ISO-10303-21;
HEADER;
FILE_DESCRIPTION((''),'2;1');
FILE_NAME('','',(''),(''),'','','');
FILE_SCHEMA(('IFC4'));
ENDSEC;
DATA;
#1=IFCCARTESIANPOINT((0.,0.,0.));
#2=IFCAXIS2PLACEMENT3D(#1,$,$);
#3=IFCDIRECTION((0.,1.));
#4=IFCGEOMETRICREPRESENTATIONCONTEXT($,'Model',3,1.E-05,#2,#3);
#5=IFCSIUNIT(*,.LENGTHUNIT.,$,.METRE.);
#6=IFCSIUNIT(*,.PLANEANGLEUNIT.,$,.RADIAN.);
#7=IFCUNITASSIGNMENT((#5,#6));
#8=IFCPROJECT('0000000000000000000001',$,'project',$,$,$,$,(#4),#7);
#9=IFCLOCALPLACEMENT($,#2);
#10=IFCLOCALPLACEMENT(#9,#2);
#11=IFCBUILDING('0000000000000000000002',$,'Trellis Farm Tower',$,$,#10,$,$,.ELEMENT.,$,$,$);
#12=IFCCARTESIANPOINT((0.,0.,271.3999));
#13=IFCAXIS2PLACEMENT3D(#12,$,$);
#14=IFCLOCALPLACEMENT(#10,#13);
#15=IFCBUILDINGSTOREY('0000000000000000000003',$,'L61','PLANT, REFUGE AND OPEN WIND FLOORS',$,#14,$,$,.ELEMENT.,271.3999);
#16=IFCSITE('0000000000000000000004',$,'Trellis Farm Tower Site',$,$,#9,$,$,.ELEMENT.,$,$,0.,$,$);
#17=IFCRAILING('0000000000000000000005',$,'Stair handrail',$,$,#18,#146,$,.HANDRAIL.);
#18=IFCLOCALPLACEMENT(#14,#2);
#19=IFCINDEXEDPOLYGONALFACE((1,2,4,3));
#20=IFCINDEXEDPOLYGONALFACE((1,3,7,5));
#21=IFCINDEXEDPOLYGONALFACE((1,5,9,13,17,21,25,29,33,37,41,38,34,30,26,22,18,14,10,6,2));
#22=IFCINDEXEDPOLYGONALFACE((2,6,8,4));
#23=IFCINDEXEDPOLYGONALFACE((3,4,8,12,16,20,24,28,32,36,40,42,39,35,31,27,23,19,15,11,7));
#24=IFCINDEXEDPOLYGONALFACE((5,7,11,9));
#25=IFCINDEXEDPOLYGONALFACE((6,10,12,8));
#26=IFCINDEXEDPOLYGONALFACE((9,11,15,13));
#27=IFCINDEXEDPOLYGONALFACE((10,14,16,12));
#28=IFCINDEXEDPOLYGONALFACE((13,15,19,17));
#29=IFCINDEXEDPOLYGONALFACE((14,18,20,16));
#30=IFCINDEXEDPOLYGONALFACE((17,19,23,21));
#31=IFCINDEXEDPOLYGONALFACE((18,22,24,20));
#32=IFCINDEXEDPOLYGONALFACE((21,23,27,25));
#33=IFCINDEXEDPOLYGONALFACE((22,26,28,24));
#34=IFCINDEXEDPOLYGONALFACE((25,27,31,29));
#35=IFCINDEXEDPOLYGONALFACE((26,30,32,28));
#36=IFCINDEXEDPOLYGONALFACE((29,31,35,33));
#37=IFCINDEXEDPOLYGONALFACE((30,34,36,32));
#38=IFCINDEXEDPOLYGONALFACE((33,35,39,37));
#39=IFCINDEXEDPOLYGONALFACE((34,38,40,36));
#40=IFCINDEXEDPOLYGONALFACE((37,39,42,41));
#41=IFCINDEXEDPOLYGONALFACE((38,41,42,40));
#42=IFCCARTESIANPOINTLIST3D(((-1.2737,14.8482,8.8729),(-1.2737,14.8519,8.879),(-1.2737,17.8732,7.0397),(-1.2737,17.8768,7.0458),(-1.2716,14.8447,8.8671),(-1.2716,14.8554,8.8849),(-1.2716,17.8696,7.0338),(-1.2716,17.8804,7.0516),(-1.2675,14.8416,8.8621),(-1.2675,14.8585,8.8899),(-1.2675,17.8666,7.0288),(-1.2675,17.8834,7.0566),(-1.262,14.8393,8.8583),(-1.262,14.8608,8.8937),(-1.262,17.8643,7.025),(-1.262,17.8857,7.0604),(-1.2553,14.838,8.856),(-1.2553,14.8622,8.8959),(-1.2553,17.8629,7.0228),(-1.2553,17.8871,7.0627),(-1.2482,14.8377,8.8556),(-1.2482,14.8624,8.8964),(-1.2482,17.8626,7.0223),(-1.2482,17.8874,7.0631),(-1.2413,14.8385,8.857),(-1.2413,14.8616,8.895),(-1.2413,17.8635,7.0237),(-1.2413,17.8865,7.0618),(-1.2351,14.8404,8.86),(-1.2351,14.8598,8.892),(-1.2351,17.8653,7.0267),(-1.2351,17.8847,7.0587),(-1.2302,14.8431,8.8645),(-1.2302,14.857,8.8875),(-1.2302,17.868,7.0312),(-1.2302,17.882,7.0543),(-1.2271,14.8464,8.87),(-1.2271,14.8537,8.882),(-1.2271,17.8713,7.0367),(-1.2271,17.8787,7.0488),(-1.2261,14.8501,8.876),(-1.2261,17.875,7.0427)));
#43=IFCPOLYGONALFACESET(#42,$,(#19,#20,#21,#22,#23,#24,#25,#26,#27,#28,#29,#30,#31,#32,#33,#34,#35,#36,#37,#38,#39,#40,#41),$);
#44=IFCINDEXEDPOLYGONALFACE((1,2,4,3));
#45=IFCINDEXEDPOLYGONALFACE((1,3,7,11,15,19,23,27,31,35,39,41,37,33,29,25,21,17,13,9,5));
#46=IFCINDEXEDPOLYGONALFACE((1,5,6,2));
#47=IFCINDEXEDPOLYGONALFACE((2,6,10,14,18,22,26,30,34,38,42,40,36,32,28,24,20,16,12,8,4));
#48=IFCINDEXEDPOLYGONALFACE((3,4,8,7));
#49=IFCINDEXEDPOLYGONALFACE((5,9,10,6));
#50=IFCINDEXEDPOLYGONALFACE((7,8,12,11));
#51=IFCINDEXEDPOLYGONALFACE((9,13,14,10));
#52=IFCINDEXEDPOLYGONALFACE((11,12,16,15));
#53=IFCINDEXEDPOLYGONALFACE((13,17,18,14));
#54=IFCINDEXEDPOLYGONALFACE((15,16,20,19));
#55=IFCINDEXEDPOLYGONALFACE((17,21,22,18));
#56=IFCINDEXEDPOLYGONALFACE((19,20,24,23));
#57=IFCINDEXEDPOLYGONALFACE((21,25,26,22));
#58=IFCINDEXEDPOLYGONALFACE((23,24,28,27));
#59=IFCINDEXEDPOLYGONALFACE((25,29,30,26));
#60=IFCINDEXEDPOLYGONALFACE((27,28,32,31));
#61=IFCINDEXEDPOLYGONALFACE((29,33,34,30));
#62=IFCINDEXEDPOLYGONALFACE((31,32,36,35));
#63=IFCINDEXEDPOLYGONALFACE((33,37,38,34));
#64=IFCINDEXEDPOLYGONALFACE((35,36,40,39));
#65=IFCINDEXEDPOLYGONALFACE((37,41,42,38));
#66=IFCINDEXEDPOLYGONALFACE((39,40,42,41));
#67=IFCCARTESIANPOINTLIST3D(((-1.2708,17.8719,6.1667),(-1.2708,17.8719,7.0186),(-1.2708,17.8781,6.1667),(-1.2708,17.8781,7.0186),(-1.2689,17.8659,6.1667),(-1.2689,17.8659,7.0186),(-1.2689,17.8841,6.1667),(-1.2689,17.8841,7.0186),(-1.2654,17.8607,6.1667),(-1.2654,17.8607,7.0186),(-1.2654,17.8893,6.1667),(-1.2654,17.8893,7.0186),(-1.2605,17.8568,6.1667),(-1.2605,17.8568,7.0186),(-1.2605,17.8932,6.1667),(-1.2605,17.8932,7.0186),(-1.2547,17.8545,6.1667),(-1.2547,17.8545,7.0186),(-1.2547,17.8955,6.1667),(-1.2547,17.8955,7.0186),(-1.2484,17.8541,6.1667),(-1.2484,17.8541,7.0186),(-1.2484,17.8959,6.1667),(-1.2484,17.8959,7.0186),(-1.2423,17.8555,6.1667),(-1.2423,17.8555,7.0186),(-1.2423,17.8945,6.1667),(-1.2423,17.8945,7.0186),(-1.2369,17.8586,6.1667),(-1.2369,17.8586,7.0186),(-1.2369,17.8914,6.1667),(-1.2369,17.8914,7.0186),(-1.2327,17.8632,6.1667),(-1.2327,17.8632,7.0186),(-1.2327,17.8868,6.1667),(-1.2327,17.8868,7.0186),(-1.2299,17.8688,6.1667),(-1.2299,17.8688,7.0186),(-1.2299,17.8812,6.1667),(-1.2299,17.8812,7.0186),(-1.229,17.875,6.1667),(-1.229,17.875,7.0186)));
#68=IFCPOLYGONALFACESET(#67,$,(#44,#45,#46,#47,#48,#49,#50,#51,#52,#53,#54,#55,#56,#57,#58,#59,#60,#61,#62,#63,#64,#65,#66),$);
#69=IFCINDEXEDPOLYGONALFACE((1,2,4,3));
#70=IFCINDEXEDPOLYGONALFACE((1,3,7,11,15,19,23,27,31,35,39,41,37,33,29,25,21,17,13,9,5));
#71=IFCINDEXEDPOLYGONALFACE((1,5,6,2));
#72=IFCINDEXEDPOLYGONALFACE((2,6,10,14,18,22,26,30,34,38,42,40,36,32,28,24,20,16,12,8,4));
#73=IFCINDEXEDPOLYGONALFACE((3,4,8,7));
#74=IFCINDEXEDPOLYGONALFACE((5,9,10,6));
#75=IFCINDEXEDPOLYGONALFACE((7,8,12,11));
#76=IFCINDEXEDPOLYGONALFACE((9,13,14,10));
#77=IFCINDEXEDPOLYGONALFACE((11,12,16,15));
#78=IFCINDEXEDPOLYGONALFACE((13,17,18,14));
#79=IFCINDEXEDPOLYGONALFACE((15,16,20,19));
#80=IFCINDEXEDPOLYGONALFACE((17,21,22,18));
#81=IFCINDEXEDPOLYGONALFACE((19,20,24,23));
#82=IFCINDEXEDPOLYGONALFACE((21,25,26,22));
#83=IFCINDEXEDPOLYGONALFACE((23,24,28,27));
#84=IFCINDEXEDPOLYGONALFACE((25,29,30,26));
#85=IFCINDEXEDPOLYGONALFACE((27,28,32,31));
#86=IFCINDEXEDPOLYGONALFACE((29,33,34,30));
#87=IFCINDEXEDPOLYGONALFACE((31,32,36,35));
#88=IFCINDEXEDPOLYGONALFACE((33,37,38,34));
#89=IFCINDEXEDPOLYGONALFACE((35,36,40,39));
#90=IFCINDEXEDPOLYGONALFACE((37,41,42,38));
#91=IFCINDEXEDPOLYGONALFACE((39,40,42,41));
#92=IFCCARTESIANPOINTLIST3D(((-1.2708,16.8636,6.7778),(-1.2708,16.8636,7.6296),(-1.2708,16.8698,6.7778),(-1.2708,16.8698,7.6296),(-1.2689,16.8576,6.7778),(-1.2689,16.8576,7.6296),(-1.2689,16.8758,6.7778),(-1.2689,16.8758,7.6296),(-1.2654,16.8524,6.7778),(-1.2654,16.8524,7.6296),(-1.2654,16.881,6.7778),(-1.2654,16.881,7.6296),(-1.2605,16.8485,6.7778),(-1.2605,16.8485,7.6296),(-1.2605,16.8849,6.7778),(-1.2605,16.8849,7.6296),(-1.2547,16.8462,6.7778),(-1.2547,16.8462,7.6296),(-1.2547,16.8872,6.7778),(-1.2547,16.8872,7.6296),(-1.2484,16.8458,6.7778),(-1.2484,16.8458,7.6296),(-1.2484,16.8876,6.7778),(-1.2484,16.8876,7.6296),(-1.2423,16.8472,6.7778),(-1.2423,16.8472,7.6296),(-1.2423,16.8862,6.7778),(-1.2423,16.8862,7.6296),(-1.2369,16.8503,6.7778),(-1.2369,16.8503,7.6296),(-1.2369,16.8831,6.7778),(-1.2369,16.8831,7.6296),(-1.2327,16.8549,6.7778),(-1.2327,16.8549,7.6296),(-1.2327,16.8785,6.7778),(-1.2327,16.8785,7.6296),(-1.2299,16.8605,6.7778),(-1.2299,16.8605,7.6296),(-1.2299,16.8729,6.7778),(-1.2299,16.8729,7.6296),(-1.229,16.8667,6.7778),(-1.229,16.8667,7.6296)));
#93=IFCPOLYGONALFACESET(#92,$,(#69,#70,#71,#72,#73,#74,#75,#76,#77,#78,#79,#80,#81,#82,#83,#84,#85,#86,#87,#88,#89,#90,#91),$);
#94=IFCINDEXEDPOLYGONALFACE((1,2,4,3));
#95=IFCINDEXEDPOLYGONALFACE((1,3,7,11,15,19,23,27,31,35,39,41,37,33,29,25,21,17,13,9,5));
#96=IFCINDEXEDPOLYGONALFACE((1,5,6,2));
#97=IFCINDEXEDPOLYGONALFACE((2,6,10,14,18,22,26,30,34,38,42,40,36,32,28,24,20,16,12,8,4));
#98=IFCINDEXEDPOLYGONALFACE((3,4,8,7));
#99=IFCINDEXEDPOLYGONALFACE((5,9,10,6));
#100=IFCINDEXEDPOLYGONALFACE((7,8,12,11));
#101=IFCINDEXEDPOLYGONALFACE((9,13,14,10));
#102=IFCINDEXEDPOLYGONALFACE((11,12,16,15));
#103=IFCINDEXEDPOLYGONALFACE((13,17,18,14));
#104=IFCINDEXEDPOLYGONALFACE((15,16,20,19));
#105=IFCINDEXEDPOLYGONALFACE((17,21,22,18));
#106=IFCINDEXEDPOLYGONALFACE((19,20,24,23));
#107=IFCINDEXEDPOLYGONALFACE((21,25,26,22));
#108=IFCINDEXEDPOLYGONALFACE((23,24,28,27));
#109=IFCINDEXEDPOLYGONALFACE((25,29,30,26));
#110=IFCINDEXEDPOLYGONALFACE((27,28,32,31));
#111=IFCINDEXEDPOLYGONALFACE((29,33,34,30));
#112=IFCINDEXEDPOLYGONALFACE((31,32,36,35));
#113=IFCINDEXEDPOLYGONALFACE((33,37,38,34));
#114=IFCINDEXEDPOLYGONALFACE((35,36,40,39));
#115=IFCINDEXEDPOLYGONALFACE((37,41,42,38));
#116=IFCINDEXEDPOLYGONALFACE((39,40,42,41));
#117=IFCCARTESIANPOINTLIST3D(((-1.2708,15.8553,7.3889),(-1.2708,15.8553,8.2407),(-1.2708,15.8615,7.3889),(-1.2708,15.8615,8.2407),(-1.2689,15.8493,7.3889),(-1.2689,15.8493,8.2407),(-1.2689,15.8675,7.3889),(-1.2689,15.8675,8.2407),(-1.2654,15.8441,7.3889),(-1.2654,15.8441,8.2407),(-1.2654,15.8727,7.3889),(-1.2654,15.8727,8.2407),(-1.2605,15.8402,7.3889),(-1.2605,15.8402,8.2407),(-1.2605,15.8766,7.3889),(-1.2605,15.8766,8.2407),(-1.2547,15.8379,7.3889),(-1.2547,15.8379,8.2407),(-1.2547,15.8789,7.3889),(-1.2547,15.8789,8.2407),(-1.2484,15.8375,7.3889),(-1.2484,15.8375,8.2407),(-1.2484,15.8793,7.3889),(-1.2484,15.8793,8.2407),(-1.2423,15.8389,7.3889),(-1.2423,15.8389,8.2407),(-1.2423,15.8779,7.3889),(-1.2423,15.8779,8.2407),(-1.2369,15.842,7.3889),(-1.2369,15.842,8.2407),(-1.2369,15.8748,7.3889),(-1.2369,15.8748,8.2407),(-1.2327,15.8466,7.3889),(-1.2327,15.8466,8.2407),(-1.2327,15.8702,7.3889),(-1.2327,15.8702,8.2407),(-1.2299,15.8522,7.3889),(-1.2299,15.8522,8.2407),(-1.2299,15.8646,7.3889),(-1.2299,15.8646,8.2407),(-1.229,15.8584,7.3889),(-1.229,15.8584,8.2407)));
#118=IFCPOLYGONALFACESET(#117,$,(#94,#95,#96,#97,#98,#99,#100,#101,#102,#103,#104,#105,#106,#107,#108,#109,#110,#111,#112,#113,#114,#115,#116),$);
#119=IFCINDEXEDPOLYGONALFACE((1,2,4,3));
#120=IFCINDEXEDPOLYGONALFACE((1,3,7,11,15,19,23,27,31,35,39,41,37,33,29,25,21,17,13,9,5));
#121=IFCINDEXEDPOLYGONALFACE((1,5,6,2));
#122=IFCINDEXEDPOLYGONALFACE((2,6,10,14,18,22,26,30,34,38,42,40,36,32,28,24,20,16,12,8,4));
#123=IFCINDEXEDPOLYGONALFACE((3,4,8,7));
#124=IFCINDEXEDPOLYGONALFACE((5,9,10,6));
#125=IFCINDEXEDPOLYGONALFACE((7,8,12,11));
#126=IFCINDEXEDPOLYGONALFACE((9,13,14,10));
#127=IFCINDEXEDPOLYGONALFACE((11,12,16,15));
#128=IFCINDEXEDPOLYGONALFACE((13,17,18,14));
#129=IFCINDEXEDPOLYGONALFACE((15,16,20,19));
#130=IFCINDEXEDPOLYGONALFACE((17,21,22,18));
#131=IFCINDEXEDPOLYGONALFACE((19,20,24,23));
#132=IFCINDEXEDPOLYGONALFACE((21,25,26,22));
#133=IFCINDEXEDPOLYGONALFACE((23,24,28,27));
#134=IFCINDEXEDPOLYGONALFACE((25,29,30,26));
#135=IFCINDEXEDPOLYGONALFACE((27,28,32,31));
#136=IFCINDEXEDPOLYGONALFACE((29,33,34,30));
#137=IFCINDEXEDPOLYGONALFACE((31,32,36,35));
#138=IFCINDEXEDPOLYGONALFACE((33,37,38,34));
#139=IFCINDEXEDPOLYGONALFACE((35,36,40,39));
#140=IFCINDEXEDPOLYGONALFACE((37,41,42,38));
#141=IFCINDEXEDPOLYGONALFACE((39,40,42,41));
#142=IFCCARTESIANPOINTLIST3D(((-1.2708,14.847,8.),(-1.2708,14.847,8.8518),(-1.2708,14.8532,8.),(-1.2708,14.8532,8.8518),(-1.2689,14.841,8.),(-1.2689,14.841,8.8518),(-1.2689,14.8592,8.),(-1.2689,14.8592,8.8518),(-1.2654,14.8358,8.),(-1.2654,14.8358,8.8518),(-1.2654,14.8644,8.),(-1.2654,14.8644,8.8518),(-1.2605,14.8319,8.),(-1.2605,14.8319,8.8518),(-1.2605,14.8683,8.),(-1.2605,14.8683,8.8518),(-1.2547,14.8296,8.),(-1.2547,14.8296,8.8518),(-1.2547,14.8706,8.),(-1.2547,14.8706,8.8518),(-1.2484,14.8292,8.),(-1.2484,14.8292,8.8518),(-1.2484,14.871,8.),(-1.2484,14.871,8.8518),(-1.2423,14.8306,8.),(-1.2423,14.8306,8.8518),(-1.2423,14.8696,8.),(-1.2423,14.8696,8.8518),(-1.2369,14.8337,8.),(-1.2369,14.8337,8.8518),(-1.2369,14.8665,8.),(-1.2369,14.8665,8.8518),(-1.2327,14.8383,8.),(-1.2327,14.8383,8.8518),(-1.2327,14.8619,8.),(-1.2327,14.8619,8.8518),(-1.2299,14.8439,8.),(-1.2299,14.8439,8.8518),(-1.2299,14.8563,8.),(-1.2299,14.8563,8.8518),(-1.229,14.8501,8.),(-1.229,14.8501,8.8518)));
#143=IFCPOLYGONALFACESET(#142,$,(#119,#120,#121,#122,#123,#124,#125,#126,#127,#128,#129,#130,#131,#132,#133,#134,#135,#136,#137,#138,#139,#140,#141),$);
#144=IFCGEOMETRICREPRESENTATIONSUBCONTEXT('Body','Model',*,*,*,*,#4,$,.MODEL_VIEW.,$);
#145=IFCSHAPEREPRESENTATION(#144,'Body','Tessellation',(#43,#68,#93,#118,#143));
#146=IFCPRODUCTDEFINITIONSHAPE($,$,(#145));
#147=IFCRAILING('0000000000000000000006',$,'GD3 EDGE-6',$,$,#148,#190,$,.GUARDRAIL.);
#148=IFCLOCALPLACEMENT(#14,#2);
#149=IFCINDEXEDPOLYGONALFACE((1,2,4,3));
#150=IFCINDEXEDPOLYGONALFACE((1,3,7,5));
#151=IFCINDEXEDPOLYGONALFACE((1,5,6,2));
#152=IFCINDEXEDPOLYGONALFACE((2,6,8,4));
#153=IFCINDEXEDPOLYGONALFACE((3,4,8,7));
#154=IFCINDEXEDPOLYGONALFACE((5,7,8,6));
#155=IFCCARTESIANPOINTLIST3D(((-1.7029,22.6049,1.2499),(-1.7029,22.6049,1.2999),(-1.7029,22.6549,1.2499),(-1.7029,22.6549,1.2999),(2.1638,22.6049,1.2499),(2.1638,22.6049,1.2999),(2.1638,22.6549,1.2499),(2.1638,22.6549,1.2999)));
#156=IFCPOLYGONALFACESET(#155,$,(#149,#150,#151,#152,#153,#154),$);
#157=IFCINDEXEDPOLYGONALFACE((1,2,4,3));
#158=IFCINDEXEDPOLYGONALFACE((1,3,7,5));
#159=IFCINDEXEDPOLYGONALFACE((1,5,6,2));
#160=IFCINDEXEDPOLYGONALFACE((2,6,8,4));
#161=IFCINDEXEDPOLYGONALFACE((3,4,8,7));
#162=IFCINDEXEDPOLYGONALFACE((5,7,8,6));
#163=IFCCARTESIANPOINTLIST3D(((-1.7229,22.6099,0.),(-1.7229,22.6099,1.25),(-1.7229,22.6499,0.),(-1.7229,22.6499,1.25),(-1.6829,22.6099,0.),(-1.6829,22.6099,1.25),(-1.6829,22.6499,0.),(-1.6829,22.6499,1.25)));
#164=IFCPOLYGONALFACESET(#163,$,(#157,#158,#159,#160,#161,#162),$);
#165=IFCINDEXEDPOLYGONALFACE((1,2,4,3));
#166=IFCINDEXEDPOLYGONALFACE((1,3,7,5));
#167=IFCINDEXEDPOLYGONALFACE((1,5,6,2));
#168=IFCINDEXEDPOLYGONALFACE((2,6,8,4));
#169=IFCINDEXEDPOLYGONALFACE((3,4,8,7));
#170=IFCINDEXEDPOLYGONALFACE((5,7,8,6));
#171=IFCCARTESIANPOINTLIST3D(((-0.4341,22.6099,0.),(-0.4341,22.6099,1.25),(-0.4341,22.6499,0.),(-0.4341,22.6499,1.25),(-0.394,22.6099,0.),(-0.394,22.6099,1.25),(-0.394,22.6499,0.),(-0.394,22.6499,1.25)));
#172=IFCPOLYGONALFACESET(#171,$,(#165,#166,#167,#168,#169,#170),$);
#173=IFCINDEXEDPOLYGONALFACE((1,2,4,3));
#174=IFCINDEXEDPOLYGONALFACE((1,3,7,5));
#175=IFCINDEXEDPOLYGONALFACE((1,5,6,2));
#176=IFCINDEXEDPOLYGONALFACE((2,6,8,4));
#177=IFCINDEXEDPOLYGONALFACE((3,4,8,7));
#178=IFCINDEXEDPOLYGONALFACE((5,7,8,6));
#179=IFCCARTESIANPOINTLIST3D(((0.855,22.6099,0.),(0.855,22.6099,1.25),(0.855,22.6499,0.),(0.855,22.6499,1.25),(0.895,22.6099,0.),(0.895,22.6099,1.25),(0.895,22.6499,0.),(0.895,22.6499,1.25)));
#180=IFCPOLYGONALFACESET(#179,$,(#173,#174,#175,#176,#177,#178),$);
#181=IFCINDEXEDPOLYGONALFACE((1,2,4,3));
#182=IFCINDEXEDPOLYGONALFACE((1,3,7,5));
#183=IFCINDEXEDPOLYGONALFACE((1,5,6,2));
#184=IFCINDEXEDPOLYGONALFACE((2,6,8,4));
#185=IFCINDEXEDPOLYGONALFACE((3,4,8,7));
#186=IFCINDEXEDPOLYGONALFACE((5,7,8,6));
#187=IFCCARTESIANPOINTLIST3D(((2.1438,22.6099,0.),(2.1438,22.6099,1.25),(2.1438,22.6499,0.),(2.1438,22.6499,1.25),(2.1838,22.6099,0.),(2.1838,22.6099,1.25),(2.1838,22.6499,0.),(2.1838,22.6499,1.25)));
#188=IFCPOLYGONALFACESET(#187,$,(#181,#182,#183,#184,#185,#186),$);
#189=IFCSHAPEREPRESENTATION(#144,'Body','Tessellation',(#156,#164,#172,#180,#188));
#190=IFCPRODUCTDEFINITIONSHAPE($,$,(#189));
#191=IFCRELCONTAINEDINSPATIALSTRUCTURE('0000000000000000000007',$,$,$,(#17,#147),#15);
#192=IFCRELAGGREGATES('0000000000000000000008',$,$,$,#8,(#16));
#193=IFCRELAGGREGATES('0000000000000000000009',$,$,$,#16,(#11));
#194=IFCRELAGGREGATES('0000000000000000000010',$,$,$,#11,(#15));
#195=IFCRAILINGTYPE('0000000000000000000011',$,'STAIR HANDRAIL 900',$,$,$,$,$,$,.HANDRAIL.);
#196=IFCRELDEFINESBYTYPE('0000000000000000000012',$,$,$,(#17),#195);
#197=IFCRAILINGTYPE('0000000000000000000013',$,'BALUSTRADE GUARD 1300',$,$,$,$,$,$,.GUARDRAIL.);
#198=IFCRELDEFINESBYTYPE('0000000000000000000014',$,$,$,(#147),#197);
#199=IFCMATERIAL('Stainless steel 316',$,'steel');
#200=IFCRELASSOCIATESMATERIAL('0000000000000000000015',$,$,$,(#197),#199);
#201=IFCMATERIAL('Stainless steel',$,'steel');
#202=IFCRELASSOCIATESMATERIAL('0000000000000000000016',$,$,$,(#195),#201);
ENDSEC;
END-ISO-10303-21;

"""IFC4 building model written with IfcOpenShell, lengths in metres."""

from ifc_helpers import new_model, si_unit, direction, frame, origin, origin_2d, place, context, subcontext, project, spatial, rectangle, circle, extrude, source, transform, mapped, material, type_object, element, save


model = new_model("IFC4")

# Units and contexts
model_context = context("Model", 3, precision=1e-05, world=origin(), true_north=direction((0.0, 1.0)))
body_context = subcontext(model_context, "Body", "Model", "MODEL_VIEW")
ifc_project = project(units=[si_unit("LENGTHUNIT", "METRE"), si_unit("PLANEANGLEUNIT", "RADIAN")], contexts=[model_context])

# Site, building, storey
site_placement = place(None, origin())
site = spatial("IfcSite", under=ifc_project, at=site_placement, Name="Trellis Farm Tower Site", CompositionType="ELEMENT", RefElevation=0.0)
building_placement = place(site_placement, origin())
building = spatial("IfcBuilding", under=site, at=building_placement, Name="Trellis Farm Tower", CompositionType="ELEMENT")
storey_placement = place(building_placement, frame((0.0, 0.0, 271.3999)))
storey = spatial("IfcBuildingStorey", under=building, at=storey_placement, Name="L61", Description="PLANT, REFUGE AND OPEN WIND FLOORS", CompositionType="ELEMENT", Elevation=271.3999)

# Railings
ifc_material_1 = material(Name="Stainless steel 316", Category="steel")
railing_type_1 = type_object("IfcRailingType", Name="BALUSTRADE GUARD 1300", PredefinedType="GUARDRAIL", material=ifc_material_1)
ifc_material_2 = material(Name="Stainless steel", Category="steel")
railing_type_2 = type_object("IfcRailingType", Name="STAIR HANDRAIL 900", PredefinedType="HANDRAIL", material=ifc_material_2)
shared_shape_1 = source(origin(), body_context, "Body", "SweptSolid", [
    extrude(circle(Radius=0.0239, at=origin_2d()), frame((0.0, 0.0, 0.876), z_axis=(0.0, -0.855201, 0.518297), x_axis=(1.0, 0.0, 0.0)), (0.0, 0.0, 1.0), 3.5371),
    extrude(circle(Radius=0.021, at=origin_2d()), origin(), (0.0, 0.0, 1.0), 0.8518),
    extrude(circle(Radius=0.021, at=origin_2d()), frame((0.0, -1.0083, 0.6111)), (0.0, 0.0, 1.0), 0.8518),
    extrude(circle(Radius=0.021, at=origin_2d()), frame((0.0, -2.0166, 1.2222)), (0.0, 0.0, 1.0), 0.8518),
    extrude(circle(Radius=0.021, at=origin_2d()), frame((0.0, -3.0249, 1.8333)), (0.0, 0.0, 1.0), 0.8518),
])
for number, where, name in (
    (1, (-1.25, 17.875, 6.1667), "Stair handrail"),
):
    element("IfcRailing", number, at=place(storey_placement, frame(where)), inside=storey, type_object=railing_type_2, Name=name, PredefinedType="HANDRAIL", context=body_context, shape_type="MappedRepresentation", body=[
        mapped(shared_shape_1, transform((0.0, 0.0, 0.0))),
    ])
shared_shape_2 = source(origin(), body_context, "Body", "SweptSolid", [
    extrude(rectangle(XDim=0.05, YDim=0.05, at=origin_2d()), frame((0.0, 0.0, 1.2749), z_axis=(1.0, 0.0, 0.0), x_axis=(0.0, 1.0, 0.0)), (0.0, 0.0, 1.0), 3.8667),
    extrude(rectangle(XDim=0.04, YDim=0.04, at=origin_2d()), origin(), (0.0, 0.0, 1.0), 1.25),
    extrude(rectangle(XDim=0.04, YDim=0.04, at=origin_2d()), frame((1.2888, 0.0, 0.0)), (0.0, 0.0, 1.0), 1.25),
    extrude(rectangle(XDim=0.04, YDim=0.04, at=origin_2d()), frame((2.5779, 0.0, 0.0)), (0.0, 0.0, 1.0), 1.25),
    extrude(rectangle(XDim=0.04, YDim=0.04, at=origin_2d()), frame((3.8667, 0.0, 0.0)), (0.0, 0.0, 1.0), 1.25),
])
railing_1_placement = place(storey_placement, frame((-1.7029, 22.6299, 0.0)))
element("IfcRailing", 2, at=railing_1_placement, inside=storey, type_object=railing_type_1, Name="GD3 EDGE-6", PredefinedType="GUARDRAIL", context=body_context, shape_type="MappedRepresentation", body=[
    mapped(shared_shape_2, transform((0.0, 0.0, 0.0))),
])

save(model, "model.ifc")
